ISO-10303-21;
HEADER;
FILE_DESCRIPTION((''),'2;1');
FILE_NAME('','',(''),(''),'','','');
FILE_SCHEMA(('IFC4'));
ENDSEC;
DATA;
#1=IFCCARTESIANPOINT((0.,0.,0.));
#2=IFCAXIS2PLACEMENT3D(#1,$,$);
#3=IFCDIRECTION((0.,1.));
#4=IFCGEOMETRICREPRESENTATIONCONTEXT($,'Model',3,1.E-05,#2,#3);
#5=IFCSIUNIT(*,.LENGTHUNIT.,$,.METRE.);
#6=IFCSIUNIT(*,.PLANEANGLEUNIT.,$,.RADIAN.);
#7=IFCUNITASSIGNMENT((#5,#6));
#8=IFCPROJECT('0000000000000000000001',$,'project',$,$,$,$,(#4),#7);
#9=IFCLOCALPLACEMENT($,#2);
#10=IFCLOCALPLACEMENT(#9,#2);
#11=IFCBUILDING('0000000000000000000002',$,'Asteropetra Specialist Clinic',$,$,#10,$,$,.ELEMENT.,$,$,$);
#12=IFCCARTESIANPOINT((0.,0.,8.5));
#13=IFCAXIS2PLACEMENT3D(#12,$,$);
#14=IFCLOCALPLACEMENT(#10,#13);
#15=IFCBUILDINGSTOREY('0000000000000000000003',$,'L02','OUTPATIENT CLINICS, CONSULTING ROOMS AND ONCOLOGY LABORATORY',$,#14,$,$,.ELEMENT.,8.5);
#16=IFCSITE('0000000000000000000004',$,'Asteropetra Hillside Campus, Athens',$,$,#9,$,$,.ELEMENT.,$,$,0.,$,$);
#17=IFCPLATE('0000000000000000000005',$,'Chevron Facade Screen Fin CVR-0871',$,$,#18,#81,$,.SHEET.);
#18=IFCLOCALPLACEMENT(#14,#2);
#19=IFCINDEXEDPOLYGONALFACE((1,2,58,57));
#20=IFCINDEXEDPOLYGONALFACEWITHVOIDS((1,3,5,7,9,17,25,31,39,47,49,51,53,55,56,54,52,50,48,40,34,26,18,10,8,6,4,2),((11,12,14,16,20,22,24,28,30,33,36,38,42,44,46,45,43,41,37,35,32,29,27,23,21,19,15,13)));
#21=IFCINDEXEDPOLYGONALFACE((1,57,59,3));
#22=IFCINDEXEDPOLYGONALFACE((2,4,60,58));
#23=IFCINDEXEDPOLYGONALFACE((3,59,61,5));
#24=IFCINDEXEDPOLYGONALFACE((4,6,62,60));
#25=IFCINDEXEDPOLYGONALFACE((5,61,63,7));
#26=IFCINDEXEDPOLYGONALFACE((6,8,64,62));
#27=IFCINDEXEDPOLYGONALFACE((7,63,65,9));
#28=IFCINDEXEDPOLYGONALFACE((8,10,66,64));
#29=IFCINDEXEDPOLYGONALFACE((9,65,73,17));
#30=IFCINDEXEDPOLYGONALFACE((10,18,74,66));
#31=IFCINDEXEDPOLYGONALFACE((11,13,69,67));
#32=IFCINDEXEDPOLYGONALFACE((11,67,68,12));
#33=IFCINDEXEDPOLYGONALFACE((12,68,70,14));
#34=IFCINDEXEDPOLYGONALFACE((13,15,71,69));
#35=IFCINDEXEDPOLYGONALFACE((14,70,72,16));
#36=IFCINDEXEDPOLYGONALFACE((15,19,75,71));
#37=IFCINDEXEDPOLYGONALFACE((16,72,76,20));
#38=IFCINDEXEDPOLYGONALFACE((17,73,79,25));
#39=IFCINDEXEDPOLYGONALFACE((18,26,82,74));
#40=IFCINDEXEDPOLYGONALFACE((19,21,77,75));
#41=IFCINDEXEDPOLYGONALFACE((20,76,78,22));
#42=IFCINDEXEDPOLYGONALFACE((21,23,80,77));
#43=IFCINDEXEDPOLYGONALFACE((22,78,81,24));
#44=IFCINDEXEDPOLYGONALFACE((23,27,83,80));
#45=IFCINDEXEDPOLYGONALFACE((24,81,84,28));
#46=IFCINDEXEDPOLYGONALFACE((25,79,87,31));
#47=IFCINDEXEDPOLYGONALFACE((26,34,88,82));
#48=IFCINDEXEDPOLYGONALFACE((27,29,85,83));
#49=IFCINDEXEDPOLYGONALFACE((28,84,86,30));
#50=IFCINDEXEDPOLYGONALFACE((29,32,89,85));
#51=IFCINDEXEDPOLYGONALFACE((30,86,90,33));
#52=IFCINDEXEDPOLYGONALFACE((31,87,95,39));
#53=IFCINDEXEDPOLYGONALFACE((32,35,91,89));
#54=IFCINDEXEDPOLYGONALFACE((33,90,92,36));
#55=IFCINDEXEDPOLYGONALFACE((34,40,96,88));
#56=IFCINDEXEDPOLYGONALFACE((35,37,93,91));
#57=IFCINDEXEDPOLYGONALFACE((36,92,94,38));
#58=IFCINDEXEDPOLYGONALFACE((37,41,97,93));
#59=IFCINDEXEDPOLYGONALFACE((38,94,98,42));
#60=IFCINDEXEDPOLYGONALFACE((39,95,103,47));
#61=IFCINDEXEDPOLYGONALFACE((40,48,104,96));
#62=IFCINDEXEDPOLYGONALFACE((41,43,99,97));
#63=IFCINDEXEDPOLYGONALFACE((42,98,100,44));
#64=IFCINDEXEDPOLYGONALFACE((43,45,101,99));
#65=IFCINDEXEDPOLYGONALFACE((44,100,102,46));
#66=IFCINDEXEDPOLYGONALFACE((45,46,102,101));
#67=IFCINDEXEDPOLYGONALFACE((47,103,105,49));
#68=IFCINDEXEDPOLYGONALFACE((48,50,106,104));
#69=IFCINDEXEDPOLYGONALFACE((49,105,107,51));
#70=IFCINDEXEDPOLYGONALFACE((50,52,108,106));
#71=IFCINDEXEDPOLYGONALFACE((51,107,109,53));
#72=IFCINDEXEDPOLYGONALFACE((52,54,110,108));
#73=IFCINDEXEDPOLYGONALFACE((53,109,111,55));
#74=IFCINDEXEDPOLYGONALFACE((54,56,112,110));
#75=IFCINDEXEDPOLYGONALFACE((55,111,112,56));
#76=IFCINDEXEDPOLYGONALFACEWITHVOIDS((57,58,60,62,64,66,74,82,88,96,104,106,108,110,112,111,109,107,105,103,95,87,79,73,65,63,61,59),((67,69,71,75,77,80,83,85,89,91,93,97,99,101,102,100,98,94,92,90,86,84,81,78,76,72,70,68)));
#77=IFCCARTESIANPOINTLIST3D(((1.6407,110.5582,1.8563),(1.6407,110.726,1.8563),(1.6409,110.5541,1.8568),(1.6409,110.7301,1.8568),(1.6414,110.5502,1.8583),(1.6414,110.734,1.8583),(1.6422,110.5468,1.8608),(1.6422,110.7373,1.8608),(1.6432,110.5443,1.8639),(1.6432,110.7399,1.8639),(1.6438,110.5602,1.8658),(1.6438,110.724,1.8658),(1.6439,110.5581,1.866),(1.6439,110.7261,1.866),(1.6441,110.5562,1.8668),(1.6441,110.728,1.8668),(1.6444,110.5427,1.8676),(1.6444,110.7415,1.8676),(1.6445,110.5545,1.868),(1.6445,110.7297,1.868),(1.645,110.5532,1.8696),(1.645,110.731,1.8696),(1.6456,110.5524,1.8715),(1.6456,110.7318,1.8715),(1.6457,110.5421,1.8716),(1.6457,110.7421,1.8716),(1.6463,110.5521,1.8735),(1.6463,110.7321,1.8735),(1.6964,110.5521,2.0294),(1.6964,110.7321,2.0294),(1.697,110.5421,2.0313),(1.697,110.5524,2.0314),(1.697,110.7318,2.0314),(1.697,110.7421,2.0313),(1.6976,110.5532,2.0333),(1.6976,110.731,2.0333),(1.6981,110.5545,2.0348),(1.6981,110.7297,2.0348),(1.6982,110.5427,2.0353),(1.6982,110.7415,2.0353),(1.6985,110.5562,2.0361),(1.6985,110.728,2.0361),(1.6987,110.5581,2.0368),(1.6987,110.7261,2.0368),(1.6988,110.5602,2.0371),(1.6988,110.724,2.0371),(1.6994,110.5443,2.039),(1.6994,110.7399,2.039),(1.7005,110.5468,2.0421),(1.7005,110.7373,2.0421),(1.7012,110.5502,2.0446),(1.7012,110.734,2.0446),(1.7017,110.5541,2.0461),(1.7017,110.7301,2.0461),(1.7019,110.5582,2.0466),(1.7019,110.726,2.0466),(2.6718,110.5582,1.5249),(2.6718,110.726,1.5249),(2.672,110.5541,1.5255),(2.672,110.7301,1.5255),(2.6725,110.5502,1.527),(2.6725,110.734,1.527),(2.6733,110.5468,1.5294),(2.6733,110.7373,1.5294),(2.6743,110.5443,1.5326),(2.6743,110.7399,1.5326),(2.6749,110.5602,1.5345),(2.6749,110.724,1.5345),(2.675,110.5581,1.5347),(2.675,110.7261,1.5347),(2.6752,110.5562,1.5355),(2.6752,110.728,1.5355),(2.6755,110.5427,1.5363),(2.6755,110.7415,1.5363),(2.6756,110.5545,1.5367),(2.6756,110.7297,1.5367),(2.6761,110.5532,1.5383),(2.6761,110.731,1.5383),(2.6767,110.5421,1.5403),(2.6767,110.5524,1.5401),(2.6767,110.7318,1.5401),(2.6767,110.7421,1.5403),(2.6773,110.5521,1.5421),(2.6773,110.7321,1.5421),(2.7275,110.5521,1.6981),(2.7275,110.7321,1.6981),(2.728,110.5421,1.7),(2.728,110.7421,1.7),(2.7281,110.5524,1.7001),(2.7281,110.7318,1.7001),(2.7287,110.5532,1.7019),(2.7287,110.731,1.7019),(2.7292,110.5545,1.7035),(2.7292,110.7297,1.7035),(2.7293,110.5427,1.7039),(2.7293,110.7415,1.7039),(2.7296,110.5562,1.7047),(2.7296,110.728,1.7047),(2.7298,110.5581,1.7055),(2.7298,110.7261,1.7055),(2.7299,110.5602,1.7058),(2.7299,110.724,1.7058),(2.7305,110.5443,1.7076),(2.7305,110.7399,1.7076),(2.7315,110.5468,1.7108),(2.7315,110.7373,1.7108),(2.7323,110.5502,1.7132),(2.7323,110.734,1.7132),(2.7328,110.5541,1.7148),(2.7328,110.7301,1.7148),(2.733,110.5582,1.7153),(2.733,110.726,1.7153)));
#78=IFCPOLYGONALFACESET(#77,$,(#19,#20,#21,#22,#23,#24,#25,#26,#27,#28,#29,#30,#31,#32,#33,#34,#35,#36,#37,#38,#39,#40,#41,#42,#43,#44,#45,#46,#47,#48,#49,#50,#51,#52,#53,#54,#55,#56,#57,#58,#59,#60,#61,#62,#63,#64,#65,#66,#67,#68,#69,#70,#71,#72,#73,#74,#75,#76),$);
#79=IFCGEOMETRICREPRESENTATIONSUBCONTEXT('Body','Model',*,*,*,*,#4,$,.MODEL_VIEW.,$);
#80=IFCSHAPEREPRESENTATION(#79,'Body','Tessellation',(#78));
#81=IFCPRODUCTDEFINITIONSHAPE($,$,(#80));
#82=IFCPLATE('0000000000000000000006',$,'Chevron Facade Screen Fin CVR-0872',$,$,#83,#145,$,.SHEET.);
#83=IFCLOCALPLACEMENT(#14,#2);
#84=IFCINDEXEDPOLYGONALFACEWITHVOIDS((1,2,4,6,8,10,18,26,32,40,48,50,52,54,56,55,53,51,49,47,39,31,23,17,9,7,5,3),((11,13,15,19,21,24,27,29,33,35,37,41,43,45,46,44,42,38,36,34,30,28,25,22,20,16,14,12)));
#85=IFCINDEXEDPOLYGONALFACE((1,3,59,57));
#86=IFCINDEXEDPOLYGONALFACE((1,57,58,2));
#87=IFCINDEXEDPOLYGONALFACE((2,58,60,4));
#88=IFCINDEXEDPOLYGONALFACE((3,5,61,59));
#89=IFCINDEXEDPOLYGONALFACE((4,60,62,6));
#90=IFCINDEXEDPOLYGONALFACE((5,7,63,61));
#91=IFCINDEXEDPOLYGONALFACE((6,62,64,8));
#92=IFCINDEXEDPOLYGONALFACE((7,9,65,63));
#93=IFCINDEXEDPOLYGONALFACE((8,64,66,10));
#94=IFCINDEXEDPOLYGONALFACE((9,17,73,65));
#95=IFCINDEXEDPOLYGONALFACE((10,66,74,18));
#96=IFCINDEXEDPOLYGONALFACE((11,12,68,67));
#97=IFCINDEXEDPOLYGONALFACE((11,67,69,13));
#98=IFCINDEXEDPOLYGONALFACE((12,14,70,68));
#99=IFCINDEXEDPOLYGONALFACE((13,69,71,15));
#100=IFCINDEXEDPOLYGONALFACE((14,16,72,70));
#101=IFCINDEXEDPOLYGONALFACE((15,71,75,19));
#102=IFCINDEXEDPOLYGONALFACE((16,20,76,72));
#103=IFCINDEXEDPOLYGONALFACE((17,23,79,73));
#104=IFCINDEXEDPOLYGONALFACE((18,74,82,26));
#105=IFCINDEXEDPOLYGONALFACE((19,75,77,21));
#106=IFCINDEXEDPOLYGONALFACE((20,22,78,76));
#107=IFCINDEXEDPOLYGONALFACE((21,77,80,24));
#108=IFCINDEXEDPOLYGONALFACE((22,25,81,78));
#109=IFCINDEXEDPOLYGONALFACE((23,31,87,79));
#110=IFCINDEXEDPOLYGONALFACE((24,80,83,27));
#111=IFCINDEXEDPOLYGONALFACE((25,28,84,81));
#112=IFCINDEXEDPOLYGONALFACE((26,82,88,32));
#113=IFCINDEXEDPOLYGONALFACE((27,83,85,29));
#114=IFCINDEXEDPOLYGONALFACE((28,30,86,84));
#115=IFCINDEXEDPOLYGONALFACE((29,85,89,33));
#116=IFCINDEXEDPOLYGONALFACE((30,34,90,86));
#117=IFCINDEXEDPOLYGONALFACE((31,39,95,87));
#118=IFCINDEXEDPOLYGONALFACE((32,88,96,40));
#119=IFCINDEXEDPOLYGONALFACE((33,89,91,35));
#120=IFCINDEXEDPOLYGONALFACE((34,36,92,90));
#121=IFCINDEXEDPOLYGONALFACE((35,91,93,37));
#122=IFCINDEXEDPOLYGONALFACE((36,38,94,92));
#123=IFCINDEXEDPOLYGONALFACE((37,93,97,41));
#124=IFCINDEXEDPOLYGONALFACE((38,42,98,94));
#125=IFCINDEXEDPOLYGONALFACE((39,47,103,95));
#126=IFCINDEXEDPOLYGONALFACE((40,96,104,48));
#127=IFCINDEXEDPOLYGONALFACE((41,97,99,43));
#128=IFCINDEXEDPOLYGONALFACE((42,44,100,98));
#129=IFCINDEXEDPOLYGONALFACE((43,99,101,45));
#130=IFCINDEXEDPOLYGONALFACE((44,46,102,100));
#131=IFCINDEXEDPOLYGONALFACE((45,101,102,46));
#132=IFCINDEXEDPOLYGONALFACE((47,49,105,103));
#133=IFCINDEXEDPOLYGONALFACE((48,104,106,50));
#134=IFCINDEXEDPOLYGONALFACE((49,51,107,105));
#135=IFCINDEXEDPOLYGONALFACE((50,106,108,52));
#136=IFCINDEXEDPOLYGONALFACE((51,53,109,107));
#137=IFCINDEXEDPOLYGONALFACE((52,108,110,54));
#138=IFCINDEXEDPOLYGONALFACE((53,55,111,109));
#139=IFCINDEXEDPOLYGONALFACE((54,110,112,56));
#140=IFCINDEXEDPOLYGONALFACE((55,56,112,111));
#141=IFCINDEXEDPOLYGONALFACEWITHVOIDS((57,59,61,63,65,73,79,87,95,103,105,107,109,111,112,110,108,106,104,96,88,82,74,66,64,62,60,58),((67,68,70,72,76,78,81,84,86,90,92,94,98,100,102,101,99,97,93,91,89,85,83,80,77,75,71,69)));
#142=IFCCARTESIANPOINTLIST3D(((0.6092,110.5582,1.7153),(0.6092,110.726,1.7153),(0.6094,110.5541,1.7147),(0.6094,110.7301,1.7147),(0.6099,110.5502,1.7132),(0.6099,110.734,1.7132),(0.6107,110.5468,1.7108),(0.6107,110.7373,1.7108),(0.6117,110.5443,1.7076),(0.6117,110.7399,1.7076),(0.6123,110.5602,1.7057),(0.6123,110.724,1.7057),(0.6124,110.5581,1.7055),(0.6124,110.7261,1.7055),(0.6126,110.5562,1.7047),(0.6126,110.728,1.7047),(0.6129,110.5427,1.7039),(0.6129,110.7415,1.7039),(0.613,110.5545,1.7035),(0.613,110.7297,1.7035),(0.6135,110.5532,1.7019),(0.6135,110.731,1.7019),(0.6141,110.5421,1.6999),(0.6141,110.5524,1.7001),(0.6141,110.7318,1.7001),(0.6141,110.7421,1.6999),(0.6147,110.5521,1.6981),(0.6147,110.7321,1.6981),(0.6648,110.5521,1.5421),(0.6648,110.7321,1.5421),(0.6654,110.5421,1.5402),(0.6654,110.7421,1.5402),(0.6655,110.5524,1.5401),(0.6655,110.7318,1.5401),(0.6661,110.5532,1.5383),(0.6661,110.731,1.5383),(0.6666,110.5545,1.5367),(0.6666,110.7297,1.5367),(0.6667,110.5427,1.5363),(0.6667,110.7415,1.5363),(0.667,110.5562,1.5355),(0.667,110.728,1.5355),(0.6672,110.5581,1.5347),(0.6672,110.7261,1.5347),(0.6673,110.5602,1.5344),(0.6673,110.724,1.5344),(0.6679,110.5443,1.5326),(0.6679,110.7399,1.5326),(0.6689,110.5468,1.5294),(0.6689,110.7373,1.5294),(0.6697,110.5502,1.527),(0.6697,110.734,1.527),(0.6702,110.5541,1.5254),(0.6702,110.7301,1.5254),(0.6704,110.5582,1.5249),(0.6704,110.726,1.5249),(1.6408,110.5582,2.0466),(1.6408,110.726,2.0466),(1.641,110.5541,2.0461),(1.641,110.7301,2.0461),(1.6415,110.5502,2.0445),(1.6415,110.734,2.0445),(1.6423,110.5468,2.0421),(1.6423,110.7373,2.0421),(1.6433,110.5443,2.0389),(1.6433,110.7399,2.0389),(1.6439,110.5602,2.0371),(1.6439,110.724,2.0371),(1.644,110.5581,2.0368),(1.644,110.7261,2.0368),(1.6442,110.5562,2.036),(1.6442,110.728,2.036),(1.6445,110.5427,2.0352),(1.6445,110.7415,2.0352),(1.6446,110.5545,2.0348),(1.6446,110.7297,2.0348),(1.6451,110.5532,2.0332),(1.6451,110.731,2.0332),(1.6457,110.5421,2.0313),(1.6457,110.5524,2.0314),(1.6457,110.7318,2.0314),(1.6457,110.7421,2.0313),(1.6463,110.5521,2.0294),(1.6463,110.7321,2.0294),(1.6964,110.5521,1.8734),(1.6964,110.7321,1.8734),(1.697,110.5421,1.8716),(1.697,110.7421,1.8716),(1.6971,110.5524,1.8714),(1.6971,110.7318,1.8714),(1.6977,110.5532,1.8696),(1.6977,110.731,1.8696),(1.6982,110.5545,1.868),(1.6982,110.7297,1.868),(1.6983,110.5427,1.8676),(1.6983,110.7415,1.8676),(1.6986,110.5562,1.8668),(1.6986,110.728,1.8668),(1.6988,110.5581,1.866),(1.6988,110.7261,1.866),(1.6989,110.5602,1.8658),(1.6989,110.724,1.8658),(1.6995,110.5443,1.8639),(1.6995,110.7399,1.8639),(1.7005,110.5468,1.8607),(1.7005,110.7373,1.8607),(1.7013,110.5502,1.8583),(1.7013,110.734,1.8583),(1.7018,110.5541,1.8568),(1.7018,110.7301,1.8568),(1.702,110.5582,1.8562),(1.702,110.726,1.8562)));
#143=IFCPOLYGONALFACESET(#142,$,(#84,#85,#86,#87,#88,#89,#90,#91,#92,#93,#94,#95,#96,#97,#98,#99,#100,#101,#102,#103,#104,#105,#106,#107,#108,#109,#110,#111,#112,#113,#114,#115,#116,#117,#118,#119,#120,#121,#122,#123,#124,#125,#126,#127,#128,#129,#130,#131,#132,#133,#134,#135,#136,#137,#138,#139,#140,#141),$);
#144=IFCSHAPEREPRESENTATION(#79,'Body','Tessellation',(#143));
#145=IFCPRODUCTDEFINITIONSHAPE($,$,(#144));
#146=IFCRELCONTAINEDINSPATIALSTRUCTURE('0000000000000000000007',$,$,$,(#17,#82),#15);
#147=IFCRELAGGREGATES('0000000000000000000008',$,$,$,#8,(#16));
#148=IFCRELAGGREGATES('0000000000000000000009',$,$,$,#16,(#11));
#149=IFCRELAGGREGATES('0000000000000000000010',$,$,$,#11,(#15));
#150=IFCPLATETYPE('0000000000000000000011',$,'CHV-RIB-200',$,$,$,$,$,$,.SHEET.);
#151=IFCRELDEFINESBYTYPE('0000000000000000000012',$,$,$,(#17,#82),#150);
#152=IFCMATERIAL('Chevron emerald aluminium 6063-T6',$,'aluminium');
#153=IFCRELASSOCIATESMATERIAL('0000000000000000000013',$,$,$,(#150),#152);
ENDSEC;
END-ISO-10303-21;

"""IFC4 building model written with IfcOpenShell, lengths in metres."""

from ifc_helpers import new_model, si_unit, direction, frame, origin, origin_2d, place, context, subcontext, project, spatial, hollow_rectangle, extrude, material, material_profile, profile_set, type_object, element, save


model = new_model("IFC4")

# Units and contexts
model_context = context("Model", 3, precision=1e-05, world=origin(), true_north=direction((0.0, 1.0)))
body_context = subcontext(model_context, "Body", "Model", "MODEL_VIEW")
ifc_project = project(units=[si_unit("LENGTHUNIT", "METRE"), si_unit("PLANEANGLEUNIT", "RADIAN")], contexts=[model_context])

# Site, building, storey
site_placement = place(None, origin())
site = spatial("IfcSite", under=ifc_project, at=site_placement, Name="Asteropetra Hillside Campus, Athens", CompositionType="ELEMENT", RefElevation=0.0)
building_placement = place(site_placement, origin())
building = spatial("IfcBuilding", under=site, at=building_placement, Name="Asteropetra Specialist Clinic", CompositionType="ELEMENT")
storey_placement = place(building_placement, frame((0.0, 0.0, 8.5)))
storey = spatial("IfcBuildingStorey", under=building, at=storey_placement, Name="L02", Description="OUTPATIENT CLINICS, CONSULTING ROOMS AND ONCOLOGY LABORATORY", CompositionType="ELEMENT", Elevation=8.5)

# Plates
ifc_material_1 = material(Name="Chevron emerald aluminium 6063-T6", Category="aluminium")
ifc_material_profile_1 = material_profile(ifc_material_1, hollow_rectangle(XDim=0.2, YDim=0.2, WallThickness=0.01, InnerFilletRadius=0.0081, OuterFilletRadius=0.0161, at=origin_2d()), Name="SHS 200x200x10.0")
ifc_profile_set_1 = profile_set([ifc_material_profile_1], Name="Chevron emerald aluminium 6063-T6")
plate_type_1 = type_object("IfcPlateType", Name="CHV-RIB-200", PredefinedType="SHEET", material=ifc_profile_set_1)
plate_1_placement = place(storey_placement, frame((2.7024, 110.6421, 1.6201), z_axis=(-0.952054, 0.0, 0.305929), x_axis=(0.0, -1.0, 0.0)))
element("IfcPlate", 1, at=plate_1_placement, inside=storey, type_object=plate_type_1, Name="Chevron Facade Screen Fin CVR-0871", PredefinedType="SHEET", context=body_context, shape_type="SweptSolid", body=[
    extrude(hollow_rectangle(XDim=0.2, YDim=0.2, WallThickness=0.01, InnerFilletRadius=0.0081, OuterFilletRadius=0.0161, at=origin_2d()), origin(), (0.0, 0.0, 1.0), 1.083),
])
for number, where, z_axis, x_axis, name in (
    (2, (1.6714, 110.6421, 1.9514), (-0.952097, 0.0, -0.305798), (0.0, -1.0, 0.0), "Chevron Facade Screen Fin CVR-0872"),
):
    element("IfcPlate", number, at=place(storey_placement, frame(where, z_axis=z_axis, x_axis=x_axis)), inside=storey, type_object=plate_type_1, Name=name, PredefinedType="SHEET", context=body_context, shape_type="SweptSolid", body=[
        extrude(hollow_rectangle(XDim=0.2, YDim=0.2, WallThickness=0.01, InnerFilletRadius=0.0081, OuterFilletRadius=0.0161, at=origin_2d()), origin(), (0.0, 0.0, 1.0), 1.0835),
    ])

save(model, "model.ifc")
